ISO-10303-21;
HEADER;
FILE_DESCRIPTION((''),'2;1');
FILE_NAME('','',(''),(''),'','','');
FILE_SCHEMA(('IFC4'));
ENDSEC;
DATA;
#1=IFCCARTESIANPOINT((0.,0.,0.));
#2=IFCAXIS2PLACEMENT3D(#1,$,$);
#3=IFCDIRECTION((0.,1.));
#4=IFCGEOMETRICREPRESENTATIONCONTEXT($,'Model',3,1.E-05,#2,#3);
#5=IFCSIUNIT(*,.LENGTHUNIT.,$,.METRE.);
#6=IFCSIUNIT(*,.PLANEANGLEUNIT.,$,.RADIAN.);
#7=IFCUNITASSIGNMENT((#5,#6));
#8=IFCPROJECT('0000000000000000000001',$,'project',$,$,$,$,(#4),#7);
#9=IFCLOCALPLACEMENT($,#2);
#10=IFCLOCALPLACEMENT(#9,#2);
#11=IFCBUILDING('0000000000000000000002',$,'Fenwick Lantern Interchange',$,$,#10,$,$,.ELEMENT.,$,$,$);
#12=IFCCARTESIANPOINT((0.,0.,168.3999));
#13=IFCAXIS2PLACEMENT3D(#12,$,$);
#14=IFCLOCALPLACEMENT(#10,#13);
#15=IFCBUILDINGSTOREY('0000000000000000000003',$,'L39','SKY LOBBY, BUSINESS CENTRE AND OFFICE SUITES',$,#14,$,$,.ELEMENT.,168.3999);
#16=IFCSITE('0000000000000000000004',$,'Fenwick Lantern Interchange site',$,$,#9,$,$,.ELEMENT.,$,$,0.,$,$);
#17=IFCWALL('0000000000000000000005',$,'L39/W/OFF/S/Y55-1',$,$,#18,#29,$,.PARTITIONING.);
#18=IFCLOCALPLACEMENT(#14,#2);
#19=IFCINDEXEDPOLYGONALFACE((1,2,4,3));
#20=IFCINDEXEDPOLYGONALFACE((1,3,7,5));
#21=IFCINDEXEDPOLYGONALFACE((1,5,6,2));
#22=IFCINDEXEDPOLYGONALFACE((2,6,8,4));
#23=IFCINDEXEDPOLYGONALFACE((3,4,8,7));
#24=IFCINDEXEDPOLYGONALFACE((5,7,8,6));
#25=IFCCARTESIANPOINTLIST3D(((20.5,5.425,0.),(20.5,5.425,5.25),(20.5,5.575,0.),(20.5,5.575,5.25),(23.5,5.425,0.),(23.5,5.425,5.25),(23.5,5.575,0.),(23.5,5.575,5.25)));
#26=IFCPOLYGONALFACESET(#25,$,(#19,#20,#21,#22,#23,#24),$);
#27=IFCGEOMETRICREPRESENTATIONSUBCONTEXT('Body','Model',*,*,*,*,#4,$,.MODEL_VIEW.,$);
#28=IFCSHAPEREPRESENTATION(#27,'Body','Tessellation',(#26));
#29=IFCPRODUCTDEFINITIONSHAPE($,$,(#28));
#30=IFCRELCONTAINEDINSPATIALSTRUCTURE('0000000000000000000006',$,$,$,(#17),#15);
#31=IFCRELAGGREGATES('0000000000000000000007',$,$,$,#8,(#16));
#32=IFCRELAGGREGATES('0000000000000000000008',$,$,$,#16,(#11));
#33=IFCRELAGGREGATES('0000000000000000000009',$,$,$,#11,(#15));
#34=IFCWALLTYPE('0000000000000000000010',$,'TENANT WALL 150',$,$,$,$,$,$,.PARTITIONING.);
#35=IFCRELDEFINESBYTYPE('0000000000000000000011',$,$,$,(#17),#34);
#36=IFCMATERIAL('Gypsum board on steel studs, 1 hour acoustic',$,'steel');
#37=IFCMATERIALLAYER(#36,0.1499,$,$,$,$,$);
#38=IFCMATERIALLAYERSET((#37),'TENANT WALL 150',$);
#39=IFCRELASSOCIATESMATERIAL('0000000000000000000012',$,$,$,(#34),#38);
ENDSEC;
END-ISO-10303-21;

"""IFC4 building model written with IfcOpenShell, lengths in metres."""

from ifc_helpers import new_model, si_unit, direction, frame, frame_2d, origin, place, context, subcontext, project, spatial, rectangle, extrude, material, layer, layer_set, type_object, element, save


model = new_model("IFC4")

# Units and contexts
model_context = context("Model", 3, precision=1e-05, world=origin(), true_north=direction((0.0, 1.0)))
body_context = subcontext(model_context, "Body", "Model", "MODEL_VIEW")
ifc_project = project(units=[si_unit("LENGTHUNIT", "METRE"), si_unit("PLANEANGLEUNIT", "RADIAN")], contexts=[model_context])

# Site, building, storey
site_placement = place(None, origin())
site = spatial("IfcSite", under=ifc_project, at=site_placement, Name="Fenwick Lantern Interchange site", CompositionType="ELEMENT", RefElevation=0.0)
building_placement = place(site_placement, origin())
building = spatial("IfcBuilding", under=site, at=building_placement, Name="Fenwick Lantern Interchange", CompositionType="ELEMENT")
storey_placement = place(building_placement, frame((0.0, 0.0, 168.3999)))
storey = spatial("IfcBuildingStorey", under=building, at=storey_placement, Name="L39", Description="SKY LOBBY, BUSINESS CENTRE AND OFFICE SUITES", CompositionType="ELEMENT", Elevation=168.3999)

# Wall
ifc_material_1 = material(Name="Gypsum board on steel studs, 1 hour acoustic", Category="steel")
ifc_layer_1 = layer(ifc_material_1, 0.1499)
ifc_layer_set_1 = layer_set([ifc_layer_1], Name="TENANT WALL 150")
wall_type_1 = type_object("IfcWallType", Name="TENANT WALL 150", PredefinedType="PARTITIONING", material=ifc_layer_set_1)
wall_1_placement = place(storey_placement, frame((20.5, 5.5, 0.0), z_axis=(0.0, 0.0, 1.0), x_axis=(1.0, 0.0, 0.0)))
element("IfcWall", 1, at=wall_1_placement, inside=storey, type_object=wall_type_1, Name="L39/W/OFF/S/Y55-1", PredefinedType="PARTITIONING", context=body_context, shape_type="SweptSolid", body=[
    extrude(rectangle(XDim=3.0, YDim=0.1499, at=frame_2d((1.5, 0.0))), origin(), (0.0, 0.0, 1.0), 5.25),
])

save(model, "model.ifc")
